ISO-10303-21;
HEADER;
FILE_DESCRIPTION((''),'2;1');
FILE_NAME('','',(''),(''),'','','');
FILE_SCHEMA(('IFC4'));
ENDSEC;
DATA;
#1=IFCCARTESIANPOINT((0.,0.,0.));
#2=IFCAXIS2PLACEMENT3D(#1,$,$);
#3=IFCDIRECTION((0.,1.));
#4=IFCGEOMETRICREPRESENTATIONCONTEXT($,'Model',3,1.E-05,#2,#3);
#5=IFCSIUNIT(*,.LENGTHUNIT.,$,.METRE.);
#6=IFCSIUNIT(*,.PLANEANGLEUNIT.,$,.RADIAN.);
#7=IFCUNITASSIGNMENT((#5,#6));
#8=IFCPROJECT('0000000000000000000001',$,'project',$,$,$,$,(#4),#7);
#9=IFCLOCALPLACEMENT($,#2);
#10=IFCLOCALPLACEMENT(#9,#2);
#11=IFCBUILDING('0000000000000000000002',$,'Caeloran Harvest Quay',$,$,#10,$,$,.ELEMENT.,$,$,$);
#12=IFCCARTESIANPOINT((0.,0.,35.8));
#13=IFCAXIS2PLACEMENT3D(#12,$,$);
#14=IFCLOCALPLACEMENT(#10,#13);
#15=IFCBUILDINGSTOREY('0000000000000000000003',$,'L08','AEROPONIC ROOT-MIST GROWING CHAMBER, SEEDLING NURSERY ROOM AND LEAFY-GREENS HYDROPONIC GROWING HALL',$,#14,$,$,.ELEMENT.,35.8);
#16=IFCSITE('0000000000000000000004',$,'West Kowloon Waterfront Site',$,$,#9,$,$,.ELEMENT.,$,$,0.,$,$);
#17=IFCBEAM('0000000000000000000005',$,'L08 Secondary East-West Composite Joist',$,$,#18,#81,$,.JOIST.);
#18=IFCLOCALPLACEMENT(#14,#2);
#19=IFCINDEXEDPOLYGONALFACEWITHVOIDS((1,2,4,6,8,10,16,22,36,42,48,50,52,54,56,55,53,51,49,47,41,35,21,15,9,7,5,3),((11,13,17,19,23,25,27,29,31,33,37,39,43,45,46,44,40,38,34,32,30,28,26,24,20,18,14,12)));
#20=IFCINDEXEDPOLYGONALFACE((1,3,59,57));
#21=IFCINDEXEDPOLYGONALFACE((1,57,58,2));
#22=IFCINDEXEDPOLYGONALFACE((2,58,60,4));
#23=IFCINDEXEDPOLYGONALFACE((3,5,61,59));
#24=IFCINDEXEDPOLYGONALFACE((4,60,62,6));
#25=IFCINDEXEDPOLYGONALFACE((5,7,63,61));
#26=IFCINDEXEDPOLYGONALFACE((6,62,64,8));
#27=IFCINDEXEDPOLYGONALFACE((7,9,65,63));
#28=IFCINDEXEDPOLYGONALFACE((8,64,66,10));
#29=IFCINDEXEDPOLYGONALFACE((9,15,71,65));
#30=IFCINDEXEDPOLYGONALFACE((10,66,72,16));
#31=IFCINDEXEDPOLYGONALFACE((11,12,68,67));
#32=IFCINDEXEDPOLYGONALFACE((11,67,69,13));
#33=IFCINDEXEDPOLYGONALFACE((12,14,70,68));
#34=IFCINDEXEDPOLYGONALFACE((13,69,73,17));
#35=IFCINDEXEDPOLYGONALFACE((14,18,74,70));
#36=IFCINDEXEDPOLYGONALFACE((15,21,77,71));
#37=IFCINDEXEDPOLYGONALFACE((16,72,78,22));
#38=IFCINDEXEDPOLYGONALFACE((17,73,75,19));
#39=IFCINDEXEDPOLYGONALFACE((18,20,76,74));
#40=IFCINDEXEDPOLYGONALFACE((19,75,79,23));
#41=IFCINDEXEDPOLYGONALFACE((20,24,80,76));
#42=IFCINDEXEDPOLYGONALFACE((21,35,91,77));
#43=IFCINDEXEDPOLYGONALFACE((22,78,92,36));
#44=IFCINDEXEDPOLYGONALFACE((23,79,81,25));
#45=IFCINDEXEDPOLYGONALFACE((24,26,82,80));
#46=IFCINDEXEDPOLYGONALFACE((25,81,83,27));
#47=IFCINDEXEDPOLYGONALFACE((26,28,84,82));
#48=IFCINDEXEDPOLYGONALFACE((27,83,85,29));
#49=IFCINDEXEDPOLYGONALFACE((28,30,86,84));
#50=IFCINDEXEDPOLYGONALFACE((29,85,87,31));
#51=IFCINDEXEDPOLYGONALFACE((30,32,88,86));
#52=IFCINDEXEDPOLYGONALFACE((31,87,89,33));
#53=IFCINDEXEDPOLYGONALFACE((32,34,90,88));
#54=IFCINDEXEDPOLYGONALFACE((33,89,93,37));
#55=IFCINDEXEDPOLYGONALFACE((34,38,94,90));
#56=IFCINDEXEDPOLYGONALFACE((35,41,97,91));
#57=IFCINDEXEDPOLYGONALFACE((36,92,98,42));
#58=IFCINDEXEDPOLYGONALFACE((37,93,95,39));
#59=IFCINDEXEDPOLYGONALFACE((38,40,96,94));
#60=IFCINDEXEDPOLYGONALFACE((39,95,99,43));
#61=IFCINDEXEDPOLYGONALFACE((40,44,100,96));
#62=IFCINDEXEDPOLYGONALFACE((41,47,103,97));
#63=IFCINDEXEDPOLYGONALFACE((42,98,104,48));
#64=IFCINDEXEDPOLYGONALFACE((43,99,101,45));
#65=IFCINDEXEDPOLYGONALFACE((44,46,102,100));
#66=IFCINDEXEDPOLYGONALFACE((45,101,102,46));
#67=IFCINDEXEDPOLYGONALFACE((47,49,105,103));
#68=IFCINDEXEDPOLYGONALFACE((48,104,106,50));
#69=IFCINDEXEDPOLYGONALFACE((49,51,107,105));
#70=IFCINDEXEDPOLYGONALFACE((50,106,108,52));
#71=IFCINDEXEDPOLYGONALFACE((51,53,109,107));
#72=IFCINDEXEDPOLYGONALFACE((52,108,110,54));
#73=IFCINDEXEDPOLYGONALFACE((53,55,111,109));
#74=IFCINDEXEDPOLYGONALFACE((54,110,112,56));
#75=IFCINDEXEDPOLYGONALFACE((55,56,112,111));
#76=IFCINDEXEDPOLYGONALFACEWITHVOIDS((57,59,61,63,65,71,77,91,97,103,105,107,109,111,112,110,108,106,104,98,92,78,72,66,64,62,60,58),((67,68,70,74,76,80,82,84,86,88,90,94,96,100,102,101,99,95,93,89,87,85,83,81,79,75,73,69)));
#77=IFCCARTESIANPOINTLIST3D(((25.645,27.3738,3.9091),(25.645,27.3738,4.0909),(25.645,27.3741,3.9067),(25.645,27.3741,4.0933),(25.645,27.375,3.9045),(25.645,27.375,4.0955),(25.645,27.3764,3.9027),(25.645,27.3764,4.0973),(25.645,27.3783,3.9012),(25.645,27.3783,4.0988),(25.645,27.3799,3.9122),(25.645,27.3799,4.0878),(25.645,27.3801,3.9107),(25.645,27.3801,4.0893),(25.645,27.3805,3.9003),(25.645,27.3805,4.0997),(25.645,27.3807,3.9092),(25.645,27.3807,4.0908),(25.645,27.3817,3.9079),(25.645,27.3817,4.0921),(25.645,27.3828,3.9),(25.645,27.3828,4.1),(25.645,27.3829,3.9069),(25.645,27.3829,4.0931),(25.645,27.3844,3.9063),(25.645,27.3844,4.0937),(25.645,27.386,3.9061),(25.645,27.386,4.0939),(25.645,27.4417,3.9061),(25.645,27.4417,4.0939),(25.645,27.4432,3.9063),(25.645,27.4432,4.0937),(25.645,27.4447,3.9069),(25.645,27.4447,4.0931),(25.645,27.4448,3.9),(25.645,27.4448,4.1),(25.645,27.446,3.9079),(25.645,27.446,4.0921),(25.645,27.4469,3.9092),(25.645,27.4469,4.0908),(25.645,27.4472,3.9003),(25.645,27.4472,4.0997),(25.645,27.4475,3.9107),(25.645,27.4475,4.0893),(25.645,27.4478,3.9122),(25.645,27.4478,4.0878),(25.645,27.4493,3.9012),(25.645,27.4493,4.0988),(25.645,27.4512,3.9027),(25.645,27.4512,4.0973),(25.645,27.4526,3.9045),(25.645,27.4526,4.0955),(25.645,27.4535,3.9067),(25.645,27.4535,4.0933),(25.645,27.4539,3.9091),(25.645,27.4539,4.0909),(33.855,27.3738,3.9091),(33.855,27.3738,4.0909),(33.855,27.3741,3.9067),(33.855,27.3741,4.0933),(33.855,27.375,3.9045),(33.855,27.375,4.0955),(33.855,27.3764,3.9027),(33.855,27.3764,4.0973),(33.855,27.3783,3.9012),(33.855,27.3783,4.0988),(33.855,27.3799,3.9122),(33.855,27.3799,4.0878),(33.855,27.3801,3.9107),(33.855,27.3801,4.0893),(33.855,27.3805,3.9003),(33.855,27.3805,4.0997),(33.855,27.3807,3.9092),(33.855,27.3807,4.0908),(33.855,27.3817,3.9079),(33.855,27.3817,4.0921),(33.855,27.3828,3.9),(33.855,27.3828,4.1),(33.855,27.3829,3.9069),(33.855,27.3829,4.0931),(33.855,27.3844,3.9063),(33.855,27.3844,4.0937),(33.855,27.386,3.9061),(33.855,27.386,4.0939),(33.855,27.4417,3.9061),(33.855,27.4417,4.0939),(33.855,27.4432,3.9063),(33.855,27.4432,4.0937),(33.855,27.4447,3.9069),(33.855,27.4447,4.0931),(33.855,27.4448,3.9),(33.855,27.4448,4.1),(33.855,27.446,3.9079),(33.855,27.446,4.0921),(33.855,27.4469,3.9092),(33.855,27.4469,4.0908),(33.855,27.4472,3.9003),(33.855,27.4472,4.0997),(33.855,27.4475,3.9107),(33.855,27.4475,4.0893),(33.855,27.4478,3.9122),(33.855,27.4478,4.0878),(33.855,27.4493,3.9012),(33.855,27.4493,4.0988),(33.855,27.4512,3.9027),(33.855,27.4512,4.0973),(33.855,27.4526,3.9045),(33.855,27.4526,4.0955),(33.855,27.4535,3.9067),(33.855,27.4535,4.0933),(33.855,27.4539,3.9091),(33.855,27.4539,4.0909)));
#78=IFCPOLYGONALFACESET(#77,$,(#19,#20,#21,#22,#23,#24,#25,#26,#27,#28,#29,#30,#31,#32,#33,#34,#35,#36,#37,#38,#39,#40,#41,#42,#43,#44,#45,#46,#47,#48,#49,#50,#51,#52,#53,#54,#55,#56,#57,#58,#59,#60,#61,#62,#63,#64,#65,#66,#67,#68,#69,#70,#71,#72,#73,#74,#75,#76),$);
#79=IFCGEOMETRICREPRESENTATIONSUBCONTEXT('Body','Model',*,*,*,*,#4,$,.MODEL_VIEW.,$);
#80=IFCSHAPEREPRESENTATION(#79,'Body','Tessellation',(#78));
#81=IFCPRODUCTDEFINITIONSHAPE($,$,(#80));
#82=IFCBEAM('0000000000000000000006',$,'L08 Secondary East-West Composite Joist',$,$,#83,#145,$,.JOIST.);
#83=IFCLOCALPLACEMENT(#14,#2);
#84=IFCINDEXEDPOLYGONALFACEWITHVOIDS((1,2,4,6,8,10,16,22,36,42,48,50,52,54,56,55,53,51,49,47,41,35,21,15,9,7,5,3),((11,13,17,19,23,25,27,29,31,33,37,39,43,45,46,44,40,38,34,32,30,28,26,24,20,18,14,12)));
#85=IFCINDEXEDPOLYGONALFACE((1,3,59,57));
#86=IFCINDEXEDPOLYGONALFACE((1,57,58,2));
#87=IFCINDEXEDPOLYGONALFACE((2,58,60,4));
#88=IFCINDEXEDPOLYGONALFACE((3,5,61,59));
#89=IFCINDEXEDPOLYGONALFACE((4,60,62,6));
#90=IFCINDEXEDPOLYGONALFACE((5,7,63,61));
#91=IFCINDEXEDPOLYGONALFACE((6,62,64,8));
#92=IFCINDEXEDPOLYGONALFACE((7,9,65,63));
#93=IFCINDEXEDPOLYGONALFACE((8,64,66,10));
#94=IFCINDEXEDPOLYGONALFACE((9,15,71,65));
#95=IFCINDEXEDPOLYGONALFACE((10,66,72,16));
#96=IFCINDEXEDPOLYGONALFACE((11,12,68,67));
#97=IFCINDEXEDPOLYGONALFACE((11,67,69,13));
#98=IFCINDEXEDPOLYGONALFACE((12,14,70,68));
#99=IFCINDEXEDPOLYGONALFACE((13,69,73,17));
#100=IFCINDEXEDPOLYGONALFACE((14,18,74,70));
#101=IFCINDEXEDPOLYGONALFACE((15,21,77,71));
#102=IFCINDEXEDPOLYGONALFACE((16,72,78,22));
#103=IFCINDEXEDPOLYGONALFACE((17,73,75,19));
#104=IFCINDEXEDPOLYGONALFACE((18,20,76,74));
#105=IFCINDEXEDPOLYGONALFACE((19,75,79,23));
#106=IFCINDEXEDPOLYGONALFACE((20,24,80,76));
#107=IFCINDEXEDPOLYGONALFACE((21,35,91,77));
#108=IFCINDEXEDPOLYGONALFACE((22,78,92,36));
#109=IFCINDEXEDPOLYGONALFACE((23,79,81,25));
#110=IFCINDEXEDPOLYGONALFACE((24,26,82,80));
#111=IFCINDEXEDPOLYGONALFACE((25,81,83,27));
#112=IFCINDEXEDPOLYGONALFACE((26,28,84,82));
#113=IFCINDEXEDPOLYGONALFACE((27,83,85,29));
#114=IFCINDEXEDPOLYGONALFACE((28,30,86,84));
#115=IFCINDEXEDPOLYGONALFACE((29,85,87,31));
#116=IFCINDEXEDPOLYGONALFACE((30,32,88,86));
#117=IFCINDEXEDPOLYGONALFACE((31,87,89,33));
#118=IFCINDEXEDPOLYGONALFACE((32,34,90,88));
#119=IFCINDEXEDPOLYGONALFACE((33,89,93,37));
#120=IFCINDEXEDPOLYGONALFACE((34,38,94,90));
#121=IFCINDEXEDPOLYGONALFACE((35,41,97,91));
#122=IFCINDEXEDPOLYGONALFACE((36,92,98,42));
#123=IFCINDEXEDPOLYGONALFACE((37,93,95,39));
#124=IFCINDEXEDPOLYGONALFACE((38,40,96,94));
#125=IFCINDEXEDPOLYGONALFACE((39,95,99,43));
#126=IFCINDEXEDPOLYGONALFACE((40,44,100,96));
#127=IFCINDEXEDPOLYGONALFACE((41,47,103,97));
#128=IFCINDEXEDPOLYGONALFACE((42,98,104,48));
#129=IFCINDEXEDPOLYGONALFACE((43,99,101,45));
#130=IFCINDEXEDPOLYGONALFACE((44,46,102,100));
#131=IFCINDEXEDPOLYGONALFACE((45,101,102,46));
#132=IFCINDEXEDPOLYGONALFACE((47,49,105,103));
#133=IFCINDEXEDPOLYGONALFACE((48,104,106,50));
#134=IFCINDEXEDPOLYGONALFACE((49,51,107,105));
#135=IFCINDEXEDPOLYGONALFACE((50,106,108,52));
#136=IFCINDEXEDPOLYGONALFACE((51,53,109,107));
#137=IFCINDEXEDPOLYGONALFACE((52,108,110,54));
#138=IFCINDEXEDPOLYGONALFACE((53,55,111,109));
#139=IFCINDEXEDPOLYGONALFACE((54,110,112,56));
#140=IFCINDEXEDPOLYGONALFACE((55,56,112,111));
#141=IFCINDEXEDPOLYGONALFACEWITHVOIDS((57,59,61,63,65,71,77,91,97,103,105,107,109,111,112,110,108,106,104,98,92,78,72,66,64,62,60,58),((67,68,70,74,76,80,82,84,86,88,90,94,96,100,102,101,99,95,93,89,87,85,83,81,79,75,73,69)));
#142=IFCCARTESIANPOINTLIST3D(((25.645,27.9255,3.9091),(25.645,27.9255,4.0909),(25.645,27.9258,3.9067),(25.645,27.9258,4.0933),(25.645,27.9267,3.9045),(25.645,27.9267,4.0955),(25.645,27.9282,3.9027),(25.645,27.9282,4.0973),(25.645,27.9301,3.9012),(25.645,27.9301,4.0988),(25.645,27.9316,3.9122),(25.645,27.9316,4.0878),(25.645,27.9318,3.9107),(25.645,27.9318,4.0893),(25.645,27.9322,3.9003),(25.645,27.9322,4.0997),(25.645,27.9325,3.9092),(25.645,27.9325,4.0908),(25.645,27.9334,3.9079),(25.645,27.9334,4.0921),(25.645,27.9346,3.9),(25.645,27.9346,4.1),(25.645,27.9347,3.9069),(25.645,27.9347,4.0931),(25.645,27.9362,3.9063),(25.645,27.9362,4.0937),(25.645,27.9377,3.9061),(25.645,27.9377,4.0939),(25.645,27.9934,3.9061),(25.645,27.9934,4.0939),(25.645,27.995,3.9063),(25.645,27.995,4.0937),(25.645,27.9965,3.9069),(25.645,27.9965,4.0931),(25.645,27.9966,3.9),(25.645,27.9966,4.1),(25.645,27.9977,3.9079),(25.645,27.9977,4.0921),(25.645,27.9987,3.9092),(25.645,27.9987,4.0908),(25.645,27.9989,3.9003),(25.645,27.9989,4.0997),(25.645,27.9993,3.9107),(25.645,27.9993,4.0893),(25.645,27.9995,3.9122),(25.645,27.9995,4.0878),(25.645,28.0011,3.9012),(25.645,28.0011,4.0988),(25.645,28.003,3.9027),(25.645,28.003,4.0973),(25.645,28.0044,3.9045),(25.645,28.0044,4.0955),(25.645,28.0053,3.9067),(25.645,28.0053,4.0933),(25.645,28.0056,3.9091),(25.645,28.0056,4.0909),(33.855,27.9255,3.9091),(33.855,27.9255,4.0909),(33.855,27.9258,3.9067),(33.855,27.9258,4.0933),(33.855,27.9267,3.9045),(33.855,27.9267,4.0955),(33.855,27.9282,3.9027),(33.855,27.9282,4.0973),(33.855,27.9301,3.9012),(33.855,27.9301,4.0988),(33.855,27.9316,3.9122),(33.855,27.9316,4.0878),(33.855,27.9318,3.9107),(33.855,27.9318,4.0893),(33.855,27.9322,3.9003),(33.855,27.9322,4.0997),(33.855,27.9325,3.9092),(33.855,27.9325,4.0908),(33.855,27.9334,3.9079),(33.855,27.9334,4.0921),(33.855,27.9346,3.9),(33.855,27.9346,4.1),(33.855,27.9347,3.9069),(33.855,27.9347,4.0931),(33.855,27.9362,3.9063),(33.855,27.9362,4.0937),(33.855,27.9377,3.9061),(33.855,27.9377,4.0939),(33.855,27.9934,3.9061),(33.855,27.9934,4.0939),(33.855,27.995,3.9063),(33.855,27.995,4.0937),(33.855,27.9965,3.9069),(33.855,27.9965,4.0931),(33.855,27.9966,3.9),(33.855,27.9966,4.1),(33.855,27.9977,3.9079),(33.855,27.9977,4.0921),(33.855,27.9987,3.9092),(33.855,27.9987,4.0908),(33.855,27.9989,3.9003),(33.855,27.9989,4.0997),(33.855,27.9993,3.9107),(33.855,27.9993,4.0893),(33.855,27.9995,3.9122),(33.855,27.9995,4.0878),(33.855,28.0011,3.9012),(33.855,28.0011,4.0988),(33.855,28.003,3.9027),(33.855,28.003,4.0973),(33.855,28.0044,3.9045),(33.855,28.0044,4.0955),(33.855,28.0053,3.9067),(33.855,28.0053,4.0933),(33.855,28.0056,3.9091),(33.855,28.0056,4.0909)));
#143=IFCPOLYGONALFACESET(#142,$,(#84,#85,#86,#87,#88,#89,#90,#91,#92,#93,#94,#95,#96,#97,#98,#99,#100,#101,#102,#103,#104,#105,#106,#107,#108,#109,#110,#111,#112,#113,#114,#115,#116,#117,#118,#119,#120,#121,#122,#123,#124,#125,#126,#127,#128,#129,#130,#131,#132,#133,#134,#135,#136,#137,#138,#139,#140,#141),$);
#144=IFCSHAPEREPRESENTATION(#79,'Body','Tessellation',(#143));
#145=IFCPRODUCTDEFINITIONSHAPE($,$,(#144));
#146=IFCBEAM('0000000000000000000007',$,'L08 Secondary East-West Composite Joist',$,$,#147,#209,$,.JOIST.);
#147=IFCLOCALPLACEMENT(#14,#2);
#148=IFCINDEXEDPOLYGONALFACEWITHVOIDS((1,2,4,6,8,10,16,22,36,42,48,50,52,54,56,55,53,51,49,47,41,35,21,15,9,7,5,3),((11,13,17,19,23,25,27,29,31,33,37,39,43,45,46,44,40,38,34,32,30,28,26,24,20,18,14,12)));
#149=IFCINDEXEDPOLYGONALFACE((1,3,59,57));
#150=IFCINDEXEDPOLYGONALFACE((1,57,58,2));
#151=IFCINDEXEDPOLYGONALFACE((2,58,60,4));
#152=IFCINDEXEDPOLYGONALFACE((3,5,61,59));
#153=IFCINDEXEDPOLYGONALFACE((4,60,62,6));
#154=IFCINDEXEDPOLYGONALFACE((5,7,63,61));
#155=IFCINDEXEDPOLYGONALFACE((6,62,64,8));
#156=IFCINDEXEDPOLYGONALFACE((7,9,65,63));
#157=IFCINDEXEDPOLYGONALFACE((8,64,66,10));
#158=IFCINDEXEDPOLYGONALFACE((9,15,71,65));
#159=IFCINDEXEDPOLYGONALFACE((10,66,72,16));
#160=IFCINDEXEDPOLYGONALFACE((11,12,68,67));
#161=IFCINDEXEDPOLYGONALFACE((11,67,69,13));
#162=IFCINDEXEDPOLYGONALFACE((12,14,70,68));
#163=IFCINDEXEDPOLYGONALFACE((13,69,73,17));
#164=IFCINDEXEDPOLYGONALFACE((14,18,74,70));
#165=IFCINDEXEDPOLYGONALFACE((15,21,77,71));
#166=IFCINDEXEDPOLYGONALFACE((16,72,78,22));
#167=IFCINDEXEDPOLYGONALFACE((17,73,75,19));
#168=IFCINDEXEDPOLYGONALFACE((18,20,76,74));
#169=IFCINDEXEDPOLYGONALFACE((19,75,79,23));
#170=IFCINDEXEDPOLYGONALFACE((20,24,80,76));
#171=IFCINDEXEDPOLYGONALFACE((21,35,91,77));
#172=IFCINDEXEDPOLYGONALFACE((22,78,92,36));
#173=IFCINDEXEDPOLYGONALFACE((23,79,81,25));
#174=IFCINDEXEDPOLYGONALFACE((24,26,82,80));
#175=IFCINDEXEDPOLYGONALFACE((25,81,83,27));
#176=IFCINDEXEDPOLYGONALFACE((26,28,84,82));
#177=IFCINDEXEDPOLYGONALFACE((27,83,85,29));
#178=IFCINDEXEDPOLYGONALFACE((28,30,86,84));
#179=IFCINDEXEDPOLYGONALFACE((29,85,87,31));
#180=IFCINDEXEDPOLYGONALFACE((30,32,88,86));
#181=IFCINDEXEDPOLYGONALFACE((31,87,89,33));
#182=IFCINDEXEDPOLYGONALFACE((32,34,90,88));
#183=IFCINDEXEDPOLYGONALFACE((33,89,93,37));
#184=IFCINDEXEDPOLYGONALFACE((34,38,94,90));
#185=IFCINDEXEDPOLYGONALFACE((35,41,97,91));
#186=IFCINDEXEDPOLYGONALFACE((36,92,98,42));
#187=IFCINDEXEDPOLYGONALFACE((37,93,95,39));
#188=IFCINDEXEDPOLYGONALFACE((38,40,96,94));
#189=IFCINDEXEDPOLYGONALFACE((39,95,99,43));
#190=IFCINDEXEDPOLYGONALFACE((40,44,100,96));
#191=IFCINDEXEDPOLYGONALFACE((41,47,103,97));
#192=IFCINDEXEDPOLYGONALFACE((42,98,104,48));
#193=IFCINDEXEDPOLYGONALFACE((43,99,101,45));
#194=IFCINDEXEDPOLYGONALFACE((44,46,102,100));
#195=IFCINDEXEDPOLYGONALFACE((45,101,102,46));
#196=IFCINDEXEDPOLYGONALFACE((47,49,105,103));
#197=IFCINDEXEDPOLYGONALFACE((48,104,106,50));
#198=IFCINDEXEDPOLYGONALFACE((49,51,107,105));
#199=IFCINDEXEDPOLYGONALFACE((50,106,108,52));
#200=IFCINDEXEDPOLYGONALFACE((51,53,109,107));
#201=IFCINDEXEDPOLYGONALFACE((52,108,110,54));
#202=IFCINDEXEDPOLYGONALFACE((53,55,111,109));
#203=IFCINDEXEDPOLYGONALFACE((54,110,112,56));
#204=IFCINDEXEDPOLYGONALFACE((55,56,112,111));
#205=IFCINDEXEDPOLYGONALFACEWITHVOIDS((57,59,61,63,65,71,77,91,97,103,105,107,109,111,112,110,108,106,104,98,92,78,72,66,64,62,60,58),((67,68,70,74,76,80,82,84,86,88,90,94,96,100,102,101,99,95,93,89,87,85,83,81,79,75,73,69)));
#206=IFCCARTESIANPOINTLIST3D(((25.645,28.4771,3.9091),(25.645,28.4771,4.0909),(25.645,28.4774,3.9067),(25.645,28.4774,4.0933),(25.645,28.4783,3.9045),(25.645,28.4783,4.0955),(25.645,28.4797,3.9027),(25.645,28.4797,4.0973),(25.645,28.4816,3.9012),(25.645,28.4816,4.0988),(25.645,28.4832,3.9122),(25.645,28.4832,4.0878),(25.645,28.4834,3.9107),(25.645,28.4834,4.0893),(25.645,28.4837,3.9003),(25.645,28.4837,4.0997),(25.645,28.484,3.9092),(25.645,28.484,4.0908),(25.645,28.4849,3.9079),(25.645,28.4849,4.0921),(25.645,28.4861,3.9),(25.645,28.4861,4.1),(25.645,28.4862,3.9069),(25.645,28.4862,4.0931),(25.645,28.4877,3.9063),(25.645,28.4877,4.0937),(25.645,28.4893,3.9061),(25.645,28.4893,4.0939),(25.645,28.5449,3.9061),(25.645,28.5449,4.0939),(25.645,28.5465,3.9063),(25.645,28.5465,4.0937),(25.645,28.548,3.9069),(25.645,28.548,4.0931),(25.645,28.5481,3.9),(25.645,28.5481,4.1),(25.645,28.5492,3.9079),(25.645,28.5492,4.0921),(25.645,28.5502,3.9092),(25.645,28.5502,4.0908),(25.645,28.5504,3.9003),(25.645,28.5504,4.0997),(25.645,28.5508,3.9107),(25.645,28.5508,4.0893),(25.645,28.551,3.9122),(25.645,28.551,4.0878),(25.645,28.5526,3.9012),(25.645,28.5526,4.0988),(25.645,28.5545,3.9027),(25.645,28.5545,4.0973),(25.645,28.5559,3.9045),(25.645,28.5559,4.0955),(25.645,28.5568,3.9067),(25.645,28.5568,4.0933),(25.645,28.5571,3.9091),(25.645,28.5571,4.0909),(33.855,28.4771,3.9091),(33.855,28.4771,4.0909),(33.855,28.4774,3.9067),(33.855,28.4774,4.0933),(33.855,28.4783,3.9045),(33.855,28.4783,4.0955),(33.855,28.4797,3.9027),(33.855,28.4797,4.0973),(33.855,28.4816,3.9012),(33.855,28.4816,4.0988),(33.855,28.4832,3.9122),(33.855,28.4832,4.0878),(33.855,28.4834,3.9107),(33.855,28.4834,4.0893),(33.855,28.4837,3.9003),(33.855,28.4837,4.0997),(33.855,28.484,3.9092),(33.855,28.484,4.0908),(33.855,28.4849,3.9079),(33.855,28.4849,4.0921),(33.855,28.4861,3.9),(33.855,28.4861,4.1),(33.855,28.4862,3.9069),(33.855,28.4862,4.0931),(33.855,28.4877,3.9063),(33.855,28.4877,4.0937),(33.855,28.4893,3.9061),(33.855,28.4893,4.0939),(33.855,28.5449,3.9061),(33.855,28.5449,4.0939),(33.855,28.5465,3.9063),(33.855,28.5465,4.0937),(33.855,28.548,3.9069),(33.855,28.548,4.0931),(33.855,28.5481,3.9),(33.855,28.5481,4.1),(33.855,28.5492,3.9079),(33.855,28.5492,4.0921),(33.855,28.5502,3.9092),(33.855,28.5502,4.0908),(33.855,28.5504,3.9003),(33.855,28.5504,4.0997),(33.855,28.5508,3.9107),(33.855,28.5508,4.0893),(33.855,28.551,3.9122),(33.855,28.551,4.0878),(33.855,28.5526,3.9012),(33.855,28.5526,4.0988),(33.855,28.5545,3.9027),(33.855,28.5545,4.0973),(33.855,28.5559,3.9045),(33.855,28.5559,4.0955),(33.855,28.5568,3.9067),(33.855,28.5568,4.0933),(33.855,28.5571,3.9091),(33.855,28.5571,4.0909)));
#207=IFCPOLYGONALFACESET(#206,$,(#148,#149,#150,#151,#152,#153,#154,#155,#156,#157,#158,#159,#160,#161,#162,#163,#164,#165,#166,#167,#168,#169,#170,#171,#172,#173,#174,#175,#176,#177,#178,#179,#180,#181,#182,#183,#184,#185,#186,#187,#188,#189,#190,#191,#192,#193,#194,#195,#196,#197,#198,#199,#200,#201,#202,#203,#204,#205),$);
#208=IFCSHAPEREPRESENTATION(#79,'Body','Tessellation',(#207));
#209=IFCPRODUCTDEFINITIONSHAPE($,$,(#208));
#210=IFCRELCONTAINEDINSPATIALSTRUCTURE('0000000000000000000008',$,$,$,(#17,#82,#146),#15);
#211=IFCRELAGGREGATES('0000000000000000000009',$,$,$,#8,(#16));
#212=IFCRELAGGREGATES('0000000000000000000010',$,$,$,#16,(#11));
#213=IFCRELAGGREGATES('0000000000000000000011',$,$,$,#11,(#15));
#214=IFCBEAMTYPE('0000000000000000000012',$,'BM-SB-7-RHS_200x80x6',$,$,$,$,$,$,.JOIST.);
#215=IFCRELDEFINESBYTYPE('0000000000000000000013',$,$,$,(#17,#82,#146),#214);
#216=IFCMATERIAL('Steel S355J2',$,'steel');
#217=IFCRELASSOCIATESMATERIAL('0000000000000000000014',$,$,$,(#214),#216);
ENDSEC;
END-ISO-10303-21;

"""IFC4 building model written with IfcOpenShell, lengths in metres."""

from ifc_helpers import new_model, si_unit, direction, frame, origin, origin_2d, place, context, subcontext, project, spatial, hollow_rectangle, extrude, material, material_profile, profile_set, type_object, element, save


model = new_model("IFC4")

# Units and contexts
model_context = context("Model", 3, precision=1e-05, world=origin(), true_north=direction((0.0, 1.0)))
body_context = subcontext(model_context, "Body", "Model", "MODEL_VIEW")
ifc_project = project(units=[si_unit("LENGTHUNIT", "METRE"), si_unit("PLANEANGLEUNIT", "RADIAN")], contexts=[model_context])

# Site, building, storey
site_placement = place(None, origin())
site = spatial("IfcSite", under=ifc_project, at=site_placement, Name="West Kowloon Waterfront Site", CompositionType="ELEMENT", RefElevation=0.0)
building_placement = place(site_placement, origin())
building = spatial("IfcBuilding", under=site, at=building_placement, Name="Caeloran Harvest Quay", CompositionType="ELEMENT")
storey_placement = place(building_placement, frame((0.0, 0.0, 35.8)))
storey = spatial("IfcBuildingStorey", under=building, at=storey_placement, Name="L08", Description="AEROPONIC ROOT-MIST GROWING CHAMBER, SEEDLING NURSERY ROOM AND LEAFY-GREENS HYDROPONIC GROWING HALL", CompositionType="ELEMENT", Elevation=35.8)

# Beams
ifc_material_1 = material(Name="Steel S355J2", Category="steel")
ifc_material_profile_1 = material_profile(ifc_material_1, hollow_rectangle(XDim=0.0801, YDim=0.2, WallThickness=0.0061, InnerFilletRadius=0.0061, OuterFilletRadius=0.009, at=origin_2d()), Name="RHS 200x80x6")
ifc_profile_set_1 = profile_set([ifc_material_profile_1], Name="Steel S355J2")
beam_type_1 = type_object("IfcBeamType", Name="BM-SB-7-RHS_200x80x6", PredefinedType="JOIST", material=ifc_profile_set_1)
for number, where, z_axis, x_axis, name in (
    (1, (25.645, 27.4138, 4.0), (1.0, 0.0, 0.0), (0.0, 1.0, 0.0), "L08 Secondary East-West Composite Joist"),
    (2, (25.645, 27.9656, 4.0), (1.0, 0.0, 0.0), (0.0, 1.0, 0.0), "L08 Secondary East-West Composite Joist"),
    (3, (25.645, 28.5171, 4.0), (1.0, 0.0, 0.0), (0.0, 1.0, 0.0), "L08 Secondary East-West Composite Joist"),
):
    element("IfcBeam", number, at=place(storey_placement, frame(where, z_axis=z_axis, x_axis=x_axis)), inside=storey, type_object=beam_type_1, Name=name, PredefinedType="JOIST", context=body_context, shape_type="SweptSolid", body=[
        extrude(hollow_rectangle(XDim=0.0801, YDim=0.2, WallThickness=0.0061, InnerFilletRadius=0.0061, OuterFilletRadius=0.009, at=origin_2d()), origin(), (0.0, 0.0, 1.0), 8.21),
    ])

save(model, "model.ifc")
